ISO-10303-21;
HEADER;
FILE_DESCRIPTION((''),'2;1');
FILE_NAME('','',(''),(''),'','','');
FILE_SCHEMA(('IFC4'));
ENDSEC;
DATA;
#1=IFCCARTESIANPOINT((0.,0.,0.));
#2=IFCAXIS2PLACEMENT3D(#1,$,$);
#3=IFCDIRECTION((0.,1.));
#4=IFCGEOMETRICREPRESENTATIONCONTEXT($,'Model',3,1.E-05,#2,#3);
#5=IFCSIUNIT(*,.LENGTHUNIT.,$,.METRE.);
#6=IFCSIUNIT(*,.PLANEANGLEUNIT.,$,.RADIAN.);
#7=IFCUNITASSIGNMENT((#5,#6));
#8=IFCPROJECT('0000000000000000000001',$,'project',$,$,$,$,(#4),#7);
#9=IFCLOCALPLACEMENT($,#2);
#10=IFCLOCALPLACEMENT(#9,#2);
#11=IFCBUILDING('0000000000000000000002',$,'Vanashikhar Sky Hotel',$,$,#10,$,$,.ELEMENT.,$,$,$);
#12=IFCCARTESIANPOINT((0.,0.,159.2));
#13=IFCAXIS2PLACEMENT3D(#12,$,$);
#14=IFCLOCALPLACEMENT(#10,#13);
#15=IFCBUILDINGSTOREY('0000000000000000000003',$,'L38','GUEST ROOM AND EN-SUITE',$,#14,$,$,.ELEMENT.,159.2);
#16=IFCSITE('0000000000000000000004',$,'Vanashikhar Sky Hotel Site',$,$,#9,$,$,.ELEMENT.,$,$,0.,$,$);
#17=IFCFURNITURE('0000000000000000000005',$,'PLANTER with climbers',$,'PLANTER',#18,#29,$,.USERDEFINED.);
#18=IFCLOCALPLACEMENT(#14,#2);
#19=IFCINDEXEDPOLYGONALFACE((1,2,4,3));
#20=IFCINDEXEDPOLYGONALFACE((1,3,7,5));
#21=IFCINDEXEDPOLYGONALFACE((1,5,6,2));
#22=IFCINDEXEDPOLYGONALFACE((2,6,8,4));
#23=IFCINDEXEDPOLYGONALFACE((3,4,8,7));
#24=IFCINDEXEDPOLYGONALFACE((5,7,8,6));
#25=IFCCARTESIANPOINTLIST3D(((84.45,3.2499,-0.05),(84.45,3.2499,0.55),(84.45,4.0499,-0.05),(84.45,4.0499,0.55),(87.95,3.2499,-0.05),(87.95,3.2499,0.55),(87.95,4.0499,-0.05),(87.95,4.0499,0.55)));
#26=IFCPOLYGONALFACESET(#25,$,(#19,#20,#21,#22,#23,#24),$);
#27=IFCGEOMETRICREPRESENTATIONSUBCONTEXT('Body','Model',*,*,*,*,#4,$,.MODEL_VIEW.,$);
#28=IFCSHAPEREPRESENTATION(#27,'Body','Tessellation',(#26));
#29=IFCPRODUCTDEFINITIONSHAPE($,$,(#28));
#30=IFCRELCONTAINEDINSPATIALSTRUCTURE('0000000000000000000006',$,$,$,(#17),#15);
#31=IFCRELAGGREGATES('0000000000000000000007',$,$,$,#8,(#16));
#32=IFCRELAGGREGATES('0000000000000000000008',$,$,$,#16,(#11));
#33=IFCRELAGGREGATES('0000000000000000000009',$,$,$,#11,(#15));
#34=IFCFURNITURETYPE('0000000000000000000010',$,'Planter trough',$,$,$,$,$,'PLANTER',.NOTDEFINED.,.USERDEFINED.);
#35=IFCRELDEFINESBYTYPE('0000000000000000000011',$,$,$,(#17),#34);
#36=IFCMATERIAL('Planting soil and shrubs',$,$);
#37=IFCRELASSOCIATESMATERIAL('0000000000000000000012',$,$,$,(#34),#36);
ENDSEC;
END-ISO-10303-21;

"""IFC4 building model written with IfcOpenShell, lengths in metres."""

from ifc_helpers import new_model, si_unit, direction, frame, origin, origin_2d, place, context, subcontext, project, spatial, rectangle, extrude, source, transform, mapped, material, type_object, element, save


model = new_model("IFC4")

# Units and contexts
model_context = context("Model", 3, precision=1e-05, world=origin(), true_north=direction((0.0, 1.0)))
body_context = subcontext(model_context, "Body", "Model", "MODEL_VIEW")
ifc_project = project(units=[si_unit("LENGTHUNIT", "METRE"), si_unit("PLANEANGLEUNIT", "RADIAN")], contexts=[model_context])

# Site, building, storey
site_placement = place(None, origin())
site = spatial("IfcSite", under=ifc_project, at=site_placement, Name="Vanashikhar Sky Hotel Site", CompositionType="ELEMENT", RefElevation=0.0)
building_placement = place(site_placement, origin())
building = spatial("IfcBuilding", under=site, at=building_placement, Name="Vanashikhar Sky Hotel", CompositionType="ELEMENT")
storey_placement = place(building_placement, frame((0.0, 0.0, 159.2)))
storey = spatial("IfcBuildingStorey", under=building, at=storey_placement, Name="L38", Description="GUEST ROOM AND EN-SUITE", CompositionType="ELEMENT", Elevation=159.2)

# Furniture
ifc_material_1 = material(Name="Planting soil and shrubs")
furniture_type = type_object("IfcFurnitureType", Name="Planter trough", ElementType="PLANTER", AssemblyPlace="NOTDEFINED", PredefinedType="USERDEFINED", material=ifc_material_1)
shared_shape_1 = source(origin(), body_context, "Body", "SweptSolid", [
    extrude(rectangle(XDim=3.5, YDim=0.8, at=origin_2d()), origin(), (0.0, 0.0, 1.0), 0.6001),
])
furniture_placement = place(storey_placement, frame((86.2, 3.6499, -0.05), z_axis=(0.0, 0.0, 1.0), x_axis=(1.0, 0.0, 0.0)))
element("IfcFurniture", 1, at=furniture_placement, inside=storey, type_object=furniture_type, Name="PLANTER with climbers", ObjectType="PLANTER", PredefinedType="USERDEFINED", context=body_context, shape_type="MappedRepresentation", body=[
    mapped(shared_shape_1, transform((0.0, 0.0, 0.0), scale=1.0)),
])

save(model, "model.ifc")
